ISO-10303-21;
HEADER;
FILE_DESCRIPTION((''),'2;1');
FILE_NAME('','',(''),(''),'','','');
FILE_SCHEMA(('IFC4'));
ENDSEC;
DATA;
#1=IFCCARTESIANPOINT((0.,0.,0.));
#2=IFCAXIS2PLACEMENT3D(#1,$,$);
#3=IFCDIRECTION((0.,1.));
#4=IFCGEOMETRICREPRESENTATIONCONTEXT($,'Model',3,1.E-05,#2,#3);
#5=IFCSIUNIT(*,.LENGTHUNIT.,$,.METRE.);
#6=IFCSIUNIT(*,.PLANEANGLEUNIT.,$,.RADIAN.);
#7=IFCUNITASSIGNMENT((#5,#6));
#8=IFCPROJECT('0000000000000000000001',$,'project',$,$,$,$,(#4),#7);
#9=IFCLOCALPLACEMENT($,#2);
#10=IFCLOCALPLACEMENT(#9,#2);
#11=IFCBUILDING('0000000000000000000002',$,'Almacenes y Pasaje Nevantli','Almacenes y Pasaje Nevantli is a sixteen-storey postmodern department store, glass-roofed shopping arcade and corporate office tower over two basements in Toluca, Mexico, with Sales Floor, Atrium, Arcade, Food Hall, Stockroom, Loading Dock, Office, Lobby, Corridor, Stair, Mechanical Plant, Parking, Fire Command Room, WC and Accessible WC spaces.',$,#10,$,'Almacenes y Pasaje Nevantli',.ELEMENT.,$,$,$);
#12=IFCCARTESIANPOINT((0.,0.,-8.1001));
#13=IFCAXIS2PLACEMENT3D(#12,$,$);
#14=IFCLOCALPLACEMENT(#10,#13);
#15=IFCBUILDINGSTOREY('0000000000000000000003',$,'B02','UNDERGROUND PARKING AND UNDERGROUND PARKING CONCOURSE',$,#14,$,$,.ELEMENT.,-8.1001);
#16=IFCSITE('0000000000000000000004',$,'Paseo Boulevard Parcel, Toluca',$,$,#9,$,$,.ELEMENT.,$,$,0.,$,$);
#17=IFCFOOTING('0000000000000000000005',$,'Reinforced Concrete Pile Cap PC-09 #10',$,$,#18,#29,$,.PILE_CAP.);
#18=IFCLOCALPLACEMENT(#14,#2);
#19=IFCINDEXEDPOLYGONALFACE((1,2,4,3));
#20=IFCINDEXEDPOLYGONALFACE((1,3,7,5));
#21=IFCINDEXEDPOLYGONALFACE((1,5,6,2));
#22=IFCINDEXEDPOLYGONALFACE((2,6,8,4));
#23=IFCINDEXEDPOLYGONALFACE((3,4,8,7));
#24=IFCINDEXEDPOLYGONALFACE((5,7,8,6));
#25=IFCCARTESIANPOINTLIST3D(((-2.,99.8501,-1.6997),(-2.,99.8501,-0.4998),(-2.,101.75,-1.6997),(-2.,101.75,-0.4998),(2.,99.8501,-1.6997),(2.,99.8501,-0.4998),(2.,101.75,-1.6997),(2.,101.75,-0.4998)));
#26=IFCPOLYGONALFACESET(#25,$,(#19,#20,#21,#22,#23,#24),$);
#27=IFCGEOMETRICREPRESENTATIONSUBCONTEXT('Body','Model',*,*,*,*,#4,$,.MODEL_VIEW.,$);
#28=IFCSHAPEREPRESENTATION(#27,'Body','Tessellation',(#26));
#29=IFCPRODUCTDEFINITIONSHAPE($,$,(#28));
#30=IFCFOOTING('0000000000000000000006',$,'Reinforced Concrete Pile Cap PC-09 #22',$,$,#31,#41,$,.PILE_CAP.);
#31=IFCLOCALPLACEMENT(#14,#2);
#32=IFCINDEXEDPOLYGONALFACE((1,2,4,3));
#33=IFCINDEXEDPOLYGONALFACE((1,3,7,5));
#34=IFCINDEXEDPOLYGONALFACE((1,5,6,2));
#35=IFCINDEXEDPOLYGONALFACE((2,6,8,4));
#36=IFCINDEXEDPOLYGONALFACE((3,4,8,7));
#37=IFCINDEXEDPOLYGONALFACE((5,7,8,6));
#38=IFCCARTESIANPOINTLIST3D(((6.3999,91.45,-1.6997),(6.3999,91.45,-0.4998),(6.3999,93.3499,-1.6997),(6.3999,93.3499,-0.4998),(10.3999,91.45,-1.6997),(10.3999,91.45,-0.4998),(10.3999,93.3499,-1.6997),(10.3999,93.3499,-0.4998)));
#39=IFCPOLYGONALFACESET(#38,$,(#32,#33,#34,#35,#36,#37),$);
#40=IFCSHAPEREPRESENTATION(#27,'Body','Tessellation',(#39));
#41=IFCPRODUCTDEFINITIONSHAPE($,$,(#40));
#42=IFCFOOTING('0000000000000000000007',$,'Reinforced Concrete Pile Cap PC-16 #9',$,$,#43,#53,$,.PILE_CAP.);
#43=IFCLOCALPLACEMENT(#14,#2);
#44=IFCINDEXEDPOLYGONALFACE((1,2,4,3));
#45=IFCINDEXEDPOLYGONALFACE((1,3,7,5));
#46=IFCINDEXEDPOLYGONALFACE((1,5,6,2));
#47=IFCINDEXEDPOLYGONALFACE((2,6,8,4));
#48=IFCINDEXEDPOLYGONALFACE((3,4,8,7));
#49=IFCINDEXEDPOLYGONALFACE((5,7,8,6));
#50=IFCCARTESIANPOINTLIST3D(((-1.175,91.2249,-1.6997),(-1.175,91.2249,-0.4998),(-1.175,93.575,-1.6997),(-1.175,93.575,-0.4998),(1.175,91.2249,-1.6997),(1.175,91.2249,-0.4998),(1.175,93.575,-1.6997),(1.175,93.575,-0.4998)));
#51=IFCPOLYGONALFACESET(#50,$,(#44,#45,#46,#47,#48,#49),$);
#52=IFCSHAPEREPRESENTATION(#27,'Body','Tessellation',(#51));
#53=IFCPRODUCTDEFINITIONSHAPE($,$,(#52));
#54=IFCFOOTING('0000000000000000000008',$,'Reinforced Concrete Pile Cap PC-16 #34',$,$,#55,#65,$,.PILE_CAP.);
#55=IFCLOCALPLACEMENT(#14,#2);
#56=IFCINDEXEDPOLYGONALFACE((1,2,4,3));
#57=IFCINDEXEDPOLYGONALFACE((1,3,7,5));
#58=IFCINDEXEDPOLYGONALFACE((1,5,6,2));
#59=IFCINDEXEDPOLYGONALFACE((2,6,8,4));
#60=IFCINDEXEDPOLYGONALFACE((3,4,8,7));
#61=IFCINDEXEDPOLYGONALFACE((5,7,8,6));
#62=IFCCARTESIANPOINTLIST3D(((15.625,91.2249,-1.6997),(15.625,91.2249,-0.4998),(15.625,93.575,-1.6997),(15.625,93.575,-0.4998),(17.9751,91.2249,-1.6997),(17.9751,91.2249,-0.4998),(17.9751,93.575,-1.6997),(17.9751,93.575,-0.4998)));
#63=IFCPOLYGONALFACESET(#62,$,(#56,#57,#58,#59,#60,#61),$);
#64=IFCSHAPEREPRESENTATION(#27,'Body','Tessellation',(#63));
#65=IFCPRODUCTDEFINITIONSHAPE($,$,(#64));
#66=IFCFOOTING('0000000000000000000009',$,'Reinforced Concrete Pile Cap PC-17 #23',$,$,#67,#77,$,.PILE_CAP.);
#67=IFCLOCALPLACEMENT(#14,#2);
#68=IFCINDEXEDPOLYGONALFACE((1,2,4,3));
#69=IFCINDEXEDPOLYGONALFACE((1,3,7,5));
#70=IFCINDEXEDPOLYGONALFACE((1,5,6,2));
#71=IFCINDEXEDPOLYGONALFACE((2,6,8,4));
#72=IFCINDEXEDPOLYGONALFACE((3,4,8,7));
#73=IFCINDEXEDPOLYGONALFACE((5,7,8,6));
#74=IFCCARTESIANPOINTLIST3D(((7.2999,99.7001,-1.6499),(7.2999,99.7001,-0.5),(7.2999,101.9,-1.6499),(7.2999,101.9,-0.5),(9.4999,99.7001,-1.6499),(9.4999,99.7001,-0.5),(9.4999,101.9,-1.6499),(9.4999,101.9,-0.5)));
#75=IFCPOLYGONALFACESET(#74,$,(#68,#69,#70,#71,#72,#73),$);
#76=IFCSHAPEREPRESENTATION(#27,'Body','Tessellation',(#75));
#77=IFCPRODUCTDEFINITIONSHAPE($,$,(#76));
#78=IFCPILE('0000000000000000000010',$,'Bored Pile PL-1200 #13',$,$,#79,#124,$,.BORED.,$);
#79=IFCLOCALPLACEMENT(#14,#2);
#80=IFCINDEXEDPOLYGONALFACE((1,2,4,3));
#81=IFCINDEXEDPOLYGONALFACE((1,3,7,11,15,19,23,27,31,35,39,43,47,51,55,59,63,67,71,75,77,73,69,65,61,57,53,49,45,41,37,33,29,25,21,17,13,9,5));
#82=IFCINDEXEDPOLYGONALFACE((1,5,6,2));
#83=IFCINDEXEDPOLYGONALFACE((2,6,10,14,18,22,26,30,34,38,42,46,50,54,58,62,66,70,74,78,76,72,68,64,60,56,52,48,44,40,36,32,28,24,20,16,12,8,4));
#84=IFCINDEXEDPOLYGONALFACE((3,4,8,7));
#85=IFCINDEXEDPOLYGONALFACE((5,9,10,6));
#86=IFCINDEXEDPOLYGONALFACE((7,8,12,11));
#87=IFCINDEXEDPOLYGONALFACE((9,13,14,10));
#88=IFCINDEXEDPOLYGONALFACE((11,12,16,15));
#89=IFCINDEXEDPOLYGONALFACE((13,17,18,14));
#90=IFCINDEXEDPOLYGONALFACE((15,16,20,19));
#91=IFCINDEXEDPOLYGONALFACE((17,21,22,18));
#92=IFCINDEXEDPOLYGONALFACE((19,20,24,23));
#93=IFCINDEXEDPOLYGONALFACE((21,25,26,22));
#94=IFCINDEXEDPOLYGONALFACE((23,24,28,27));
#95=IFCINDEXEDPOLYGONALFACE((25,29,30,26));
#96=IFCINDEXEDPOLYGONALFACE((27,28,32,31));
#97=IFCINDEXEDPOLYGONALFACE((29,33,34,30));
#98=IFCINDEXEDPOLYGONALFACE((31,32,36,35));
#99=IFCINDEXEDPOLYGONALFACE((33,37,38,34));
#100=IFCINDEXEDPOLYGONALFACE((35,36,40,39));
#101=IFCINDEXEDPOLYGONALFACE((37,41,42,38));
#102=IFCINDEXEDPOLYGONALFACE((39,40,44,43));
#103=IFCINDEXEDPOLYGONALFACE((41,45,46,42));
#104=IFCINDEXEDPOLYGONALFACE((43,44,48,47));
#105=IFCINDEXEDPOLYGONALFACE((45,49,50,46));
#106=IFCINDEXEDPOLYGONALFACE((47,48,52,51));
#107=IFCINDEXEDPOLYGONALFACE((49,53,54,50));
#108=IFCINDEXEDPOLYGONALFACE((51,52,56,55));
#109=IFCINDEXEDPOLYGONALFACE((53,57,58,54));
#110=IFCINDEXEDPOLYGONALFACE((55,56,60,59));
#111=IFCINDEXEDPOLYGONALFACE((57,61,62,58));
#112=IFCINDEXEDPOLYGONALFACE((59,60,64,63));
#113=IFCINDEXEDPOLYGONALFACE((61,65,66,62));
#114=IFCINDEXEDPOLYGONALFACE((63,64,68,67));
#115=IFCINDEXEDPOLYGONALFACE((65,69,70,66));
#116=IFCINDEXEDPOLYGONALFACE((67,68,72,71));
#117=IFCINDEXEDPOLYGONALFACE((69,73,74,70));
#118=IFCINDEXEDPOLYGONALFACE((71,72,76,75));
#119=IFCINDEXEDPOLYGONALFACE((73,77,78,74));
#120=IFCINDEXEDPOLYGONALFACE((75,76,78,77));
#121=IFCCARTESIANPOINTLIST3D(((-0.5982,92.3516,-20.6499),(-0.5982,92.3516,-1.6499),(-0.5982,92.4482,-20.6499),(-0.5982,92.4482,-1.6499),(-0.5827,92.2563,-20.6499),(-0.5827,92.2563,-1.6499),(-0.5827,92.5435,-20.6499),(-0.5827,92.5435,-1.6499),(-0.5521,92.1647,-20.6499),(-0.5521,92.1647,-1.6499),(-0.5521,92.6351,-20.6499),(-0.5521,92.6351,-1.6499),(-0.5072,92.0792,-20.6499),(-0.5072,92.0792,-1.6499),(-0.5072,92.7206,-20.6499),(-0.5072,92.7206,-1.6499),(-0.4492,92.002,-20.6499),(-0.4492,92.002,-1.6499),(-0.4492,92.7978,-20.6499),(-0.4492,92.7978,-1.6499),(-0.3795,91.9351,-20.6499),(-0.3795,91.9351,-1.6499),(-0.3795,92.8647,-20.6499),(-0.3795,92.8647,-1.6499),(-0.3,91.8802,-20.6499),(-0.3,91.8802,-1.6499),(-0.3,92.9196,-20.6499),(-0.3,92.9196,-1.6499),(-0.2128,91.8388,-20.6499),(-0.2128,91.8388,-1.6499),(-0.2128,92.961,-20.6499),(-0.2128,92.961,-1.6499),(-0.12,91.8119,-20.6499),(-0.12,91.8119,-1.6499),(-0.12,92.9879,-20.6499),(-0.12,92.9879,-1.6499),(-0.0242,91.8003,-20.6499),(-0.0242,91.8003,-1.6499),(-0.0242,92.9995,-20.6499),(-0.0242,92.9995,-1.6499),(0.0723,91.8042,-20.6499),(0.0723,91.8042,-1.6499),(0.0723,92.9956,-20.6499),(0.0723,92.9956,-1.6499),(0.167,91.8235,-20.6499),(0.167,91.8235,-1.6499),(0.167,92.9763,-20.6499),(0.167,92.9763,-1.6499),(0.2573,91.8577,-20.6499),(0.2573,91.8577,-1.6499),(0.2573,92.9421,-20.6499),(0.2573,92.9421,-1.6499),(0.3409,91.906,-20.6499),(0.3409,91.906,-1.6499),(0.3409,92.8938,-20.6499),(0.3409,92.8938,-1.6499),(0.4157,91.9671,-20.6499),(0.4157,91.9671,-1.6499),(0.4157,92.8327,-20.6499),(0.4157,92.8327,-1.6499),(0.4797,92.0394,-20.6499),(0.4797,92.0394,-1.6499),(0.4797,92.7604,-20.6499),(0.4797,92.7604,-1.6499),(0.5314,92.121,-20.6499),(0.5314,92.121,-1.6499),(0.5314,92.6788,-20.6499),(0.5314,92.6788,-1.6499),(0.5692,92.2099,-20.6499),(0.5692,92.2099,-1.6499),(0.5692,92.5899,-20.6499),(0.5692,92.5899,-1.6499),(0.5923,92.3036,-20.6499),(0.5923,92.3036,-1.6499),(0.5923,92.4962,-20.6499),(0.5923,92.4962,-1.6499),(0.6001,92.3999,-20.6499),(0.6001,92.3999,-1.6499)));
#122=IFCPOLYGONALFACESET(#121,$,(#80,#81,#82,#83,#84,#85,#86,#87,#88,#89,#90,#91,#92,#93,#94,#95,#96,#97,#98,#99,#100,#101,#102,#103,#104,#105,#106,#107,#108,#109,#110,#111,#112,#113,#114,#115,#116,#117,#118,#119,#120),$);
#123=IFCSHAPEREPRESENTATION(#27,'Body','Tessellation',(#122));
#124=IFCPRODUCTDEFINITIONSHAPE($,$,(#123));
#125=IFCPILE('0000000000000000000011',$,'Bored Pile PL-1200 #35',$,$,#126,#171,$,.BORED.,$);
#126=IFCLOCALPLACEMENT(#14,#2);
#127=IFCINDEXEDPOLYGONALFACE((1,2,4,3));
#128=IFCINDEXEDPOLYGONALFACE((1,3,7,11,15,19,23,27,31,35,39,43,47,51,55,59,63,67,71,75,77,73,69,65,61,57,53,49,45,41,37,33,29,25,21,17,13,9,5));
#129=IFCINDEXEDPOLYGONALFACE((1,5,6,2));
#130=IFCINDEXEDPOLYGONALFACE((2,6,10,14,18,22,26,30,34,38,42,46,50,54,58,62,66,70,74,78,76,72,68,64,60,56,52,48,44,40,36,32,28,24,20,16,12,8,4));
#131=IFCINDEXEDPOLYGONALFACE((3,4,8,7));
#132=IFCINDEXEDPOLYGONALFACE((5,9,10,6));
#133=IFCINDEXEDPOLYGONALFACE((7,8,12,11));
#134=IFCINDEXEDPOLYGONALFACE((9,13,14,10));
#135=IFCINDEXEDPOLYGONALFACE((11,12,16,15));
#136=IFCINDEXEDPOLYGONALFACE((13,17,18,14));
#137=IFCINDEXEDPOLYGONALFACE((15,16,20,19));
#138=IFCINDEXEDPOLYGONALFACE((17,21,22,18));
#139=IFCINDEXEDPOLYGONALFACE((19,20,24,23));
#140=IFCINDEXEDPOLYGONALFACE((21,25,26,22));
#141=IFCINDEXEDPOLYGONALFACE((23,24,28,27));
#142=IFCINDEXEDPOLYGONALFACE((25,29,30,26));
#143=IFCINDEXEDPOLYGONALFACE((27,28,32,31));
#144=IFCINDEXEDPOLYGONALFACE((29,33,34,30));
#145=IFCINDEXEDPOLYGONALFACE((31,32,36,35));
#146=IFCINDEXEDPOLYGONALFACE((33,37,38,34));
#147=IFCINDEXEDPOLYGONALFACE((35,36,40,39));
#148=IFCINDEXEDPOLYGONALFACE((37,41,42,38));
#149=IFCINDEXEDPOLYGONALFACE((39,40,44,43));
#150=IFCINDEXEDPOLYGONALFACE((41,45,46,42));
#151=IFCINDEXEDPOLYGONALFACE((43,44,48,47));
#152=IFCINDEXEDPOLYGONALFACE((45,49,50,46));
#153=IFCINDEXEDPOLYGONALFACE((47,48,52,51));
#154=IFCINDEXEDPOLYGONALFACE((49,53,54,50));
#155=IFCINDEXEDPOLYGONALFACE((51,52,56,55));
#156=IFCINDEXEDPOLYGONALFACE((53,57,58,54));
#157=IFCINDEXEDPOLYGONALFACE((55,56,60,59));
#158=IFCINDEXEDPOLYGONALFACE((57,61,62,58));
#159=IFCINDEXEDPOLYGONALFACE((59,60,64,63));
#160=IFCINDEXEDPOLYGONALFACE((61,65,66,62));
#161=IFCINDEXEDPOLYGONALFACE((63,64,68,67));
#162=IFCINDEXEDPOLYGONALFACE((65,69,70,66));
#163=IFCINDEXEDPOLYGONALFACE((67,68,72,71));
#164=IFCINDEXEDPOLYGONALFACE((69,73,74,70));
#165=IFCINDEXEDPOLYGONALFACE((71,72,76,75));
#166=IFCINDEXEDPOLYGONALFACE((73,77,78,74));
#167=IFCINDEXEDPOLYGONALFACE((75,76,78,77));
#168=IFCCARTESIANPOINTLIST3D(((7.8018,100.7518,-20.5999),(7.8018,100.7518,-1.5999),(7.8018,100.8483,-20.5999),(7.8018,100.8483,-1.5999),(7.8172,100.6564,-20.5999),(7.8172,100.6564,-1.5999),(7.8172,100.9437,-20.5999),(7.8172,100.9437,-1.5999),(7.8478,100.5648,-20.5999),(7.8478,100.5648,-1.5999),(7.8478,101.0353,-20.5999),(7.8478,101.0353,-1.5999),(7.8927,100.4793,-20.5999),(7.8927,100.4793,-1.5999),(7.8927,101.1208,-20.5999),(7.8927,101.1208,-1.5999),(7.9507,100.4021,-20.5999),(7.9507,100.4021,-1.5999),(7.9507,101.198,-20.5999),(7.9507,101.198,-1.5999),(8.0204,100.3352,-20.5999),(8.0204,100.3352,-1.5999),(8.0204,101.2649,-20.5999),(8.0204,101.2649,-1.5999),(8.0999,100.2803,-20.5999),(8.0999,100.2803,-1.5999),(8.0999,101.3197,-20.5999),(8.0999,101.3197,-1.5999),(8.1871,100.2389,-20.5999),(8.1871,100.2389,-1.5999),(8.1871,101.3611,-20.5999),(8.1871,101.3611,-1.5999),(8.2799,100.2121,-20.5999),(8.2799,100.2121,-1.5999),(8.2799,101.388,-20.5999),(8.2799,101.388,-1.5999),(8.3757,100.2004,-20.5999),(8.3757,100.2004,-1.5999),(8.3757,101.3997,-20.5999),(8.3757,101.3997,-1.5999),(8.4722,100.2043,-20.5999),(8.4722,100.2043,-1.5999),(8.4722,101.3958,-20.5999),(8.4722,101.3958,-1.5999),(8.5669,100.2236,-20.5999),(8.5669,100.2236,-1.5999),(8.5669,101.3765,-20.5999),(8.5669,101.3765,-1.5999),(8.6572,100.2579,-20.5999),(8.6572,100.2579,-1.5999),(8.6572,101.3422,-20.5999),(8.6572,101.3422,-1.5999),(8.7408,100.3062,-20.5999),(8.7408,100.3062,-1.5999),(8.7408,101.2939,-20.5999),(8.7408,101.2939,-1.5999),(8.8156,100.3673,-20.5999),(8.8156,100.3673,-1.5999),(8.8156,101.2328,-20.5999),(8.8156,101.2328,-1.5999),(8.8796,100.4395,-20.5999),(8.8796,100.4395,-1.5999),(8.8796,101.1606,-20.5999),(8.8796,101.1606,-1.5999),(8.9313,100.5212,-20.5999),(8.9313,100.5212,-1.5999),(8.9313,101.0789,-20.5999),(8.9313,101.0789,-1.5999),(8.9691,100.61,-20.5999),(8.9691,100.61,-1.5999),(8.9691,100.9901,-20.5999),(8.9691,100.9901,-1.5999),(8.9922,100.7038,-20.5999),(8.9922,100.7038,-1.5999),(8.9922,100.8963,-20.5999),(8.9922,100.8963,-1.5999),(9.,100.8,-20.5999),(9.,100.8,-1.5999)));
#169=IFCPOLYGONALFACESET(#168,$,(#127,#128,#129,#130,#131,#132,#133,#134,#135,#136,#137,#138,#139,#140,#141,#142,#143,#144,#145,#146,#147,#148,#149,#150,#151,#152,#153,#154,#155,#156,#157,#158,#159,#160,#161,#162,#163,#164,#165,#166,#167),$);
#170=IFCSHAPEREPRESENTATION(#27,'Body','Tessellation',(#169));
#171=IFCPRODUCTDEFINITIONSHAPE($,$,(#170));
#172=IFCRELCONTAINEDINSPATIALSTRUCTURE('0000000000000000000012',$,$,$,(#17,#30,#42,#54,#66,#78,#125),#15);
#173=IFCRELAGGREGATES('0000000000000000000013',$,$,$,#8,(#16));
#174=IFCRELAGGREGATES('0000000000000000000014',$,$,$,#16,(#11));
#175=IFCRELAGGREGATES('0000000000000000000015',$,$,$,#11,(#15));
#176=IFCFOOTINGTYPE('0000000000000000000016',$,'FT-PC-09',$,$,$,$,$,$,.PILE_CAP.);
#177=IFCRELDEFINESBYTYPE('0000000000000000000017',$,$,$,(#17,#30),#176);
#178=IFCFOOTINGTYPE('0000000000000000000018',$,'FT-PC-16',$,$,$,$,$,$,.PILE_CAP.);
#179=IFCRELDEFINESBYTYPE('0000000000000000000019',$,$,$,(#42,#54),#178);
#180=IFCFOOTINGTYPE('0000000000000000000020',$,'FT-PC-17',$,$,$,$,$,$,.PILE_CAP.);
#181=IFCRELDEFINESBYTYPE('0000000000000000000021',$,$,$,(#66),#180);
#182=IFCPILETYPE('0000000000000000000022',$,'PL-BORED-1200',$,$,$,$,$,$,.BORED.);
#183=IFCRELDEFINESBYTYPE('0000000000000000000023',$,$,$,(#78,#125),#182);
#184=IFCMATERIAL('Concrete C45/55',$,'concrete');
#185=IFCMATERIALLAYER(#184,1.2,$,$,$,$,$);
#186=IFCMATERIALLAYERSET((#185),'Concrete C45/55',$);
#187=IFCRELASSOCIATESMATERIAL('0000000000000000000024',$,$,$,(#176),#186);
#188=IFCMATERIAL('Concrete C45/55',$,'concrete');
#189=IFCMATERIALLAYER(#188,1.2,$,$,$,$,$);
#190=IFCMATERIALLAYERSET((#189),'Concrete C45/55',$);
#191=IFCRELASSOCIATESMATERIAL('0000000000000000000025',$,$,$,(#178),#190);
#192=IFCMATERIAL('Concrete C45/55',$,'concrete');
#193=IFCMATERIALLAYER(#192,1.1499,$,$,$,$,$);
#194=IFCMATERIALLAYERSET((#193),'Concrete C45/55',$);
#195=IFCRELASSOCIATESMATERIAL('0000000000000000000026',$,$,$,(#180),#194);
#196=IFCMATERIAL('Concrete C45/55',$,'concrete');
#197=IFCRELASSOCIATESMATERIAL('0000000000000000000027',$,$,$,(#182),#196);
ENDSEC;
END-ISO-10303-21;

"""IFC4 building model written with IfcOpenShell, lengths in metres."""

from ifc_helpers import new_model, si_unit, direction, frame, origin, origin_2d, place, context, subcontext, project, spatial, rectangle, circle, extrude, material, layer, layer_set, material_profile, profile_set, type_object, element, save


model = new_model("IFC4")

# Units and contexts
model_context = context("Model", 3, precision=1e-05, world=origin(), true_north=direction((0.0, 1.0)))
body_context = subcontext(model_context, "Body", "Model", "MODEL_VIEW")
ifc_project = project(units=[si_unit("LENGTHUNIT", "METRE"), si_unit("PLANEANGLEUNIT", "RADIAN")], contexts=[model_context])

# Site, building, storey
site_placement = place(None, origin())
site = spatial("IfcSite", under=ifc_project, at=site_placement, Name="Paseo Boulevard Parcel, Toluca", CompositionType="ELEMENT", RefElevation=0.0)
building_placement = place(site_placement, origin())
building = spatial("IfcBuilding", under=site, at=building_placement, Name="Almacenes y Pasaje Nevantli", Description="Almacenes y Pasaje Nevantli is a sixteen-storey postmodern department store, glass-roofed shopping arcade and corporate office tower over two basements in Toluca, Mexico, with Sales Floor, Atrium, Arcade, Food Hall, Stockroom, Loading Dock, Office, Lobby, Corridor, Stair, Mechanical Plant, Parking, Fire Command Room, WC and Accessible WC spaces.", LongName="Almacenes y Pasaje Nevantli", CompositionType="ELEMENT")
storey_placement = place(building_placement, frame((0.0, 0.0, -8.1001)))
storey = spatial("IfcBuildingStorey", under=building, at=storey_placement, Name="B02", Description="UNDERGROUND PARKING AND UNDERGROUND PARKING CONCOURSE", CompositionType="ELEMENT", Elevation=-8.1001)

# Footings
ifc_material_1 = material(Name="Concrete C45/55", Category="concrete")
ifc_layer_1 = layer(ifc_material_1, 1.2)
ifc_layer_set_1 = layer_set([ifc_layer_1], Name="Concrete C45/55")
footing_type_1 = type_object("IfcFootingType", Name="FT-PC-09", PredefinedType="PILE_CAP", material=ifc_layer_set_1)
for number, where, z_axis, x_axis, name in (
    (1, (0.0, 100.8, -1.6997), (0.0, 0.0, 1.0), (1.0, 0.0, 0.0), "Reinforced Concrete Pile Cap PC-09 #10"),
    (2, (8.3999, 92.3999, -1.6997), (0.0, 0.0, 1.0), (1.0, 0.0, 0.0), "Reinforced Concrete Pile Cap PC-09 #22"),
):
    element("IfcFooting", number, at=place(storey_placement, frame(where, z_axis=z_axis, x_axis=x_axis)), inside=storey, type_object=footing_type_1, Name=name, PredefinedType="PILE_CAP", context=body_context, shape_type="SweptSolid", body=[
        extrude(rectangle(XDim=4.0, YDim=1.8999, at=origin_2d()), origin(), (0.0, 0.0, 1.0), 1.2),
    ])
ifc_material_2 = material(Name="Concrete C45/55", Category="concrete")
ifc_layer_2 = layer(ifc_material_2, 1.2)
ifc_layer_set_2 = layer_set([ifc_layer_2], Name="Concrete C45/55")
footing_type_2 = type_object("IfcFootingType", Name="FT-PC-16", PredefinedType="PILE_CAP", material=ifc_layer_set_2)
for number, where, z_axis, x_axis, name in (
    (3, (0.0, 92.3999, -1.6997), (0.0, 0.0, 1.0), (1.0, 0.0, 0.0), "Reinforced Concrete Pile Cap PC-16 #9"),
    (4, (16.8, 92.3999, -1.6997), (0.0, 0.0, 1.0), (1.0, 0.0, 0.0), "Reinforced Concrete Pile Cap PC-16 #34"),
):
    element("IfcFooting", number, at=place(storey_placement, frame(where, z_axis=z_axis, x_axis=x_axis)), inside=storey, type_object=footing_type_2, Name=name, PredefinedType="PILE_CAP", context=body_context, shape_type="SweptSolid", body=[
        extrude(rectangle(XDim=2.3501, YDim=2.3501, at=origin_2d()), origin(), (0.0, 0.0, 1.0), 1.2),
    ])
ifc_material_3 = material(Name="Concrete C45/55", Category="concrete")
ifc_layer_3 = layer(ifc_material_3, 1.1499)
ifc_layer_set_3 = layer_set([ifc_layer_3], Name="Concrete C45/55")
footing_type_3 = type_object("IfcFootingType", Name="FT-PC-17", PredefinedType="PILE_CAP", material=ifc_layer_set_3)
footing_placement = place(storey_placement, frame((8.3999, 100.8, -1.6499), z_axis=(0.0, 0.0, 1.0), x_axis=(1.0, 0.0, 0.0)))
element("IfcFooting", 5, at=footing_placement, inside=storey, type_object=footing_type_3, Name="Reinforced Concrete Pile Cap PC-17 #23", PredefinedType="PILE_CAP", context=body_context, shape_type="SweptSolid", body=[
    extrude(rectangle(XDim=2.2, YDim=2.2, at=origin_2d()), origin(), (0.0, 0.0, 1.0), 1.1499),
])

# Piles
ifc_material_4 = material(Name="Concrete C45/55", Category="concrete")
ifc_material_profile_1 = material_profile(ifc_material_4, circle(Radius=0.6001, at=origin_2d()), Name="RC-PILE-D1200")
ifc_profile_set_1 = profile_set([ifc_material_profile_1], Name="Concrete C45/55")
pile_type_1 = type_object("IfcPileType", Name="PL-BORED-1200", PredefinedType="BORED", material=ifc_profile_set_1)
for number, where, z_axis, x_axis, name in (
    (6, (0.0, 92.3999, -1.6499), (0.0, 0.0, -1.0), (1.0, 0.0, 0.0), "Bored Pile PL-1200 #13"),
    (7, (8.3999, 100.8, -1.5999), (0.0, 0.0, -1.0), (1.0, 0.0, 0.0), "Bored Pile PL-1200 #35"),
):
    element("IfcPile", number, at=place(storey_placement, frame(where, z_axis=z_axis, x_axis=x_axis)), inside=storey, type_object=pile_type_1, Name=name, PredefinedType="BORED", context=body_context, shape_type="SweptSolid", body=[
        extrude(circle(Radius=0.6001, at=origin_2d()), origin(), (0.0, 0.0, 1.0), 19.0),
    ])

save(model, "model.ifc")
